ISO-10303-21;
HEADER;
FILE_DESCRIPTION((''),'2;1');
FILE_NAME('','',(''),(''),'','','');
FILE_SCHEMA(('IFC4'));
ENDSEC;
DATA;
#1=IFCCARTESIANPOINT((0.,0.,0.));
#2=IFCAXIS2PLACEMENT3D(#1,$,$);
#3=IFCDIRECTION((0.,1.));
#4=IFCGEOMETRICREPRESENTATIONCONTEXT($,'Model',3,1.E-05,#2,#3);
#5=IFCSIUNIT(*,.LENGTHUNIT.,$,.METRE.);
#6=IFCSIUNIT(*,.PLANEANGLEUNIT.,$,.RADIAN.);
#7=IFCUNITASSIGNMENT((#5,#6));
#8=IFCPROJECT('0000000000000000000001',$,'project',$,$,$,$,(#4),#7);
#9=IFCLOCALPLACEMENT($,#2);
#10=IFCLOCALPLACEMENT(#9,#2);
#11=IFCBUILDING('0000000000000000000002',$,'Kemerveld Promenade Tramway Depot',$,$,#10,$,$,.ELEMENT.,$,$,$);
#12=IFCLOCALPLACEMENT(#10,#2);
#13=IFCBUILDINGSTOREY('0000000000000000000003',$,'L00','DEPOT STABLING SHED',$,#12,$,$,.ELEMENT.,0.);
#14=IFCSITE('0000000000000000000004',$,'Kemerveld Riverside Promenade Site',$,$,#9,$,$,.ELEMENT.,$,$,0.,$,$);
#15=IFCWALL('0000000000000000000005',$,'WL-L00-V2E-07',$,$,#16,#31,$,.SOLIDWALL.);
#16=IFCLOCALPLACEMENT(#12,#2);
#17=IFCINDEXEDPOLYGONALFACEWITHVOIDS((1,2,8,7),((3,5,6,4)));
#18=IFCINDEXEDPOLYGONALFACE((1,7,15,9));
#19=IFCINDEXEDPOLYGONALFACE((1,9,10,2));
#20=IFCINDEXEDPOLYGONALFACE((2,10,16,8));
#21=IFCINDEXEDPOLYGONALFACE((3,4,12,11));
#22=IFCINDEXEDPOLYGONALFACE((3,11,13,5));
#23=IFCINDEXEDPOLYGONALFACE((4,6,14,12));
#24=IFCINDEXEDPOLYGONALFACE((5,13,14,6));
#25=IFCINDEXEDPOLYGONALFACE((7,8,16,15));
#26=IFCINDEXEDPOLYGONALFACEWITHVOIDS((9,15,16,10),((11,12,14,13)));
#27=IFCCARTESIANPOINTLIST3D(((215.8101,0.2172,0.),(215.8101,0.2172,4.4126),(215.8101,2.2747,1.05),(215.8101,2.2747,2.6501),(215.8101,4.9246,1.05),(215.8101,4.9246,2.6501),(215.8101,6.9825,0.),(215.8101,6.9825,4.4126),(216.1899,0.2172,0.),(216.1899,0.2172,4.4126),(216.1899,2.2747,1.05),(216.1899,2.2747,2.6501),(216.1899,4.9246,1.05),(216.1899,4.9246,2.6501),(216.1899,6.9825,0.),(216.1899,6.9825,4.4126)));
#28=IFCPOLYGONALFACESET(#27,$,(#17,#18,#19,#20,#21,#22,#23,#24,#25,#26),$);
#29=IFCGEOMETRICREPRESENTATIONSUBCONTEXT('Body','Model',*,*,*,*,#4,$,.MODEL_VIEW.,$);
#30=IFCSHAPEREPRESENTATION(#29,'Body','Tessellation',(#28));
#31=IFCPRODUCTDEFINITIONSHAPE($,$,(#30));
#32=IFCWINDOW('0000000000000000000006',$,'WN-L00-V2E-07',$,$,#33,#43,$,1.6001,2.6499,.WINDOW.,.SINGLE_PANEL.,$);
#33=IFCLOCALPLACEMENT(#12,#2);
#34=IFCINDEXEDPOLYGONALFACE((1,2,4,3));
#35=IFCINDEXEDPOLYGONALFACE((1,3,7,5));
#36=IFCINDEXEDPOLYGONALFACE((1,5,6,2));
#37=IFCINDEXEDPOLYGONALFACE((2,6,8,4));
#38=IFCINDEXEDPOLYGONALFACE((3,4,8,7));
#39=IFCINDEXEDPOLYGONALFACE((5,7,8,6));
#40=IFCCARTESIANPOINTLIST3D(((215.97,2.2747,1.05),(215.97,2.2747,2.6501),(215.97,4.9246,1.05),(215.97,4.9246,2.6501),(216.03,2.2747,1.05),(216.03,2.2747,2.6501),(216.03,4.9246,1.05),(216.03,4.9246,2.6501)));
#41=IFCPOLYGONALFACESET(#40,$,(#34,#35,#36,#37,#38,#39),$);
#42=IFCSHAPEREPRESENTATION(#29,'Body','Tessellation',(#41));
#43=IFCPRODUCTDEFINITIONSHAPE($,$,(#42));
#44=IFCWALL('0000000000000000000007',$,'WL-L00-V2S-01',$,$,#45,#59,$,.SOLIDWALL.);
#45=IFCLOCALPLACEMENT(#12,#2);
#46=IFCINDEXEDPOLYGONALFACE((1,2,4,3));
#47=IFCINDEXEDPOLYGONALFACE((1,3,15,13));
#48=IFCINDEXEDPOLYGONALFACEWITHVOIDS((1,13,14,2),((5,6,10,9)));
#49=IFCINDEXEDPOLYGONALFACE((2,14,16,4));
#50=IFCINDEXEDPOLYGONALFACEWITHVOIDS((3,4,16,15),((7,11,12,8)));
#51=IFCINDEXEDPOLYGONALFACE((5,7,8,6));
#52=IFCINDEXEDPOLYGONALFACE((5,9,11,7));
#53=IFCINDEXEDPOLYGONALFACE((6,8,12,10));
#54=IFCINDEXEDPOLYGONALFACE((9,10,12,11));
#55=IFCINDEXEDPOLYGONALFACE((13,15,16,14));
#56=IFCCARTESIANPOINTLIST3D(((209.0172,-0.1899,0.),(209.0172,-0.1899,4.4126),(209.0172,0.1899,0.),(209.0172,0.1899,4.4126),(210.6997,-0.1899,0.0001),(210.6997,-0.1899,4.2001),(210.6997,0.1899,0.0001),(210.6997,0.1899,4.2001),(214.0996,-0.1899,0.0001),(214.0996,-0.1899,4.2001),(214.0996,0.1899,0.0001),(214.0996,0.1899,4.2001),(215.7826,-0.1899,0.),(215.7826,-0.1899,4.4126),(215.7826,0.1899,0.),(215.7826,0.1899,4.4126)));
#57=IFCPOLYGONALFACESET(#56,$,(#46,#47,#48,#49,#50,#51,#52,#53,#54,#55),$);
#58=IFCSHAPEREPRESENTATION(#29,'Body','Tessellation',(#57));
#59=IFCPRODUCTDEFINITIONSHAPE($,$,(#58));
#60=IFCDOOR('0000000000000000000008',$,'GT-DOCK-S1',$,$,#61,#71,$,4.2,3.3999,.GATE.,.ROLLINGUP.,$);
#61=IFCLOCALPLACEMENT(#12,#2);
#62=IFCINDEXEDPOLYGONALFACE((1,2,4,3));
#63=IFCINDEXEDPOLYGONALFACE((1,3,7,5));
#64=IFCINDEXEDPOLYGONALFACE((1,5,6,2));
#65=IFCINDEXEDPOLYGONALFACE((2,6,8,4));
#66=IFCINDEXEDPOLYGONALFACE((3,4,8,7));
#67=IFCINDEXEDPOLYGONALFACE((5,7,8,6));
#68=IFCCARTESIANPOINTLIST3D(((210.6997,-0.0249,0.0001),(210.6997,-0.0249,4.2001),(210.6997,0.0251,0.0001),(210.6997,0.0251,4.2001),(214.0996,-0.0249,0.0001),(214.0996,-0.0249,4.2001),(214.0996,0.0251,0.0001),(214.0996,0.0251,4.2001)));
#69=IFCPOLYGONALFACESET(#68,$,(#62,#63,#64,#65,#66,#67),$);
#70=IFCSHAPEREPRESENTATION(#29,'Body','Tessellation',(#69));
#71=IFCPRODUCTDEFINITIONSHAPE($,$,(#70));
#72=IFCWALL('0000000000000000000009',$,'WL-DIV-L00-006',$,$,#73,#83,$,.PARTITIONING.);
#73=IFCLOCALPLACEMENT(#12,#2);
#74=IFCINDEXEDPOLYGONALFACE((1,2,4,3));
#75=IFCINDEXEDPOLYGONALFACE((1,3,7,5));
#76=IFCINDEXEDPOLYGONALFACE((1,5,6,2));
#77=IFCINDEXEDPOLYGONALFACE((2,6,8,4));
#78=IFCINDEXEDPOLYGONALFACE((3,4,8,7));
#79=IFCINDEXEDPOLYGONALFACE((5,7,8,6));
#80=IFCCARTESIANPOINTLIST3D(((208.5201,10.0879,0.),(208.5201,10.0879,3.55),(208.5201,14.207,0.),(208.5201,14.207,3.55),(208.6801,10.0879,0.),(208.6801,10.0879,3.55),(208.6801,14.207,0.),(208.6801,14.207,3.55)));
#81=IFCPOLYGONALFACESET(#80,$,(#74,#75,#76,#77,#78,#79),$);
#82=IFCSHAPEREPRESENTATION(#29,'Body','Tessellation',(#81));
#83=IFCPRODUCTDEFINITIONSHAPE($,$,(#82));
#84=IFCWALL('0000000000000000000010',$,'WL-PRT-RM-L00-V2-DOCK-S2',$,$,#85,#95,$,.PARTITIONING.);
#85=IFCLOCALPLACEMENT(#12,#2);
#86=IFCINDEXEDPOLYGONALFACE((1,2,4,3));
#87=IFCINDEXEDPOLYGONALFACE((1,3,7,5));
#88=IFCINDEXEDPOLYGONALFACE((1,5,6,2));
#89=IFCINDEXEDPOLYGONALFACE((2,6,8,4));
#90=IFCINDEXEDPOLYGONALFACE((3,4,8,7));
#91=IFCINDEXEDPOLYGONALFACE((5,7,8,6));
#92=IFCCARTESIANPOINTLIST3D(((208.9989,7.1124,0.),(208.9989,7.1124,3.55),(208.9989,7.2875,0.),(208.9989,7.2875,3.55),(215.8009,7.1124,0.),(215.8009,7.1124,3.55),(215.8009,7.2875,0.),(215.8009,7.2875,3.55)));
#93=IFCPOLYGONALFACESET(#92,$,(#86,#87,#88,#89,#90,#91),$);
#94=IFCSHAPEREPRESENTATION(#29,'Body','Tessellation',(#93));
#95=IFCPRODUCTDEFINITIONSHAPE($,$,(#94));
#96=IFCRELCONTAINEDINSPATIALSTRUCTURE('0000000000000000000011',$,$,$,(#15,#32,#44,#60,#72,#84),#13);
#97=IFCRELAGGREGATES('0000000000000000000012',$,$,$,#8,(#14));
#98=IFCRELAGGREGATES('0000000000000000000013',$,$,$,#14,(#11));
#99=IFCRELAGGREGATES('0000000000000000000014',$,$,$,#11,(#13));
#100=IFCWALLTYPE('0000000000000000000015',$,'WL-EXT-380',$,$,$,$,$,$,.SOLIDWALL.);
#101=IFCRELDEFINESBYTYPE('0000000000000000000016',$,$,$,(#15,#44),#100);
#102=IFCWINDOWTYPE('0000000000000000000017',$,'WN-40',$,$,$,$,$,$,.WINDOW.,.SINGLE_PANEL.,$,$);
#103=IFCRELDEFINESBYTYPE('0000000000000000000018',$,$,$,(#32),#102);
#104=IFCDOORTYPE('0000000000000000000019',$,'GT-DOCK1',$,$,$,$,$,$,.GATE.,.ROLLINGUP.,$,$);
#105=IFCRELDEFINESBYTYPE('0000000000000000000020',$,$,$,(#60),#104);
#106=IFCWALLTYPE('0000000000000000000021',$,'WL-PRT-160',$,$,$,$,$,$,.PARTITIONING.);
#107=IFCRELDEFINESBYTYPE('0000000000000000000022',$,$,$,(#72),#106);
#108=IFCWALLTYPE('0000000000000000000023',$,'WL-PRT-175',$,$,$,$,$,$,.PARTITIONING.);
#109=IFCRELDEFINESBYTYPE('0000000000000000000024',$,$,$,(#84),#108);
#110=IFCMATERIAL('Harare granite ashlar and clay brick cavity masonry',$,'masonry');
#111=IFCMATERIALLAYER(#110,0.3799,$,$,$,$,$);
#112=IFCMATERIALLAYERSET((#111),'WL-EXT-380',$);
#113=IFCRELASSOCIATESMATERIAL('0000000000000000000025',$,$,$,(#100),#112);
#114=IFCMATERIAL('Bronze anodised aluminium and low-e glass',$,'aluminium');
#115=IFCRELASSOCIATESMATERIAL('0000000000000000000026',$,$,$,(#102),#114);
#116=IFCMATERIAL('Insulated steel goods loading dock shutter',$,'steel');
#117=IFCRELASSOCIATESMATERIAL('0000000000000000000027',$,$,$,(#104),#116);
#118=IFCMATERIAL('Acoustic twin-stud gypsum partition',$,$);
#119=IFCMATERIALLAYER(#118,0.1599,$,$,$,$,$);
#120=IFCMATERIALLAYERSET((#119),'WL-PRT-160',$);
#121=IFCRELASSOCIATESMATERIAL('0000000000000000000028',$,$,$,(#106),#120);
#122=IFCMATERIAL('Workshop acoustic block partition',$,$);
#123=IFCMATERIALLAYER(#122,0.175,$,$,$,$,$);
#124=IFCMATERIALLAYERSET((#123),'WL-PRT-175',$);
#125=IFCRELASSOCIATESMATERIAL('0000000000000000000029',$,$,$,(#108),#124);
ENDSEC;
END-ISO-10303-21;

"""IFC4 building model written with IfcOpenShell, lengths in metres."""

from ifc_helpers import new_model, si_unit, direction, frame, frame_2d, origin, place, context, subcontext, project, spatial, rectangle, extrude, material, layer, layer_set, type_object, element, fill, save


model = new_model("IFC4")

# Units and contexts
model_context = context("Model", 3, precision=1e-05, world=origin(), true_north=direction((0.0, 1.0)))
body_context = subcontext(model_context, "Body", "Model", "MODEL_VIEW")
ifc_project = project(units=[si_unit("LENGTHUNIT", "METRE"), si_unit("PLANEANGLEUNIT", "RADIAN")], contexts=[model_context])

# Site, building, storey
site_placement = place(None, origin())
site = spatial("IfcSite", under=ifc_project, at=site_placement, Name="Kemerveld Riverside Promenade Site", CompositionType="ELEMENT", RefElevation=0.0)
building_placement = place(site_placement, origin())
building = spatial("IfcBuilding", under=site, at=building_placement, Name="Kemerveld Promenade Tramway Depot", CompositionType="ELEMENT")
storey_placement = place(building_placement, origin())
storey = spatial("IfcBuildingStorey", under=building, at=storey_placement, Name="L00", Description="DEPOT STABLING SHED", CompositionType="ELEMENT", Elevation=0.0)

# Wall, opening, window
ifc_material_1 = material(Name="Harare granite ashlar and clay brick cavity masonry", Category="masonry")
ifc_layer_1 = layer(ifc_material_1, 0.3799)
ifc_layer_set_1 = layer_set([ifc_layer_1], Name="WL-EXT-380")
wall_type_1 = type_object("IfcWallType", Name="WL-EXT-380", PredefinedType="SOLIDWALL", material=ifc_layer_set_1)
wall_1_placement = place(storey_placement, frame((216.0, 6.9827, 0.0), z_axis=(0.0, 0.0, 1.0), x_axis=(0.0, -1.0, 0.0)))
wall_1 = element("IfcWall", 1, at=wall_1_placement, inside=storey, type_object=wall_type_1, Name="WL-L00-V2E-07", PredefinedType="SOLIDWALL", context=body_context, shape_type="SweptSolid", body=[
    extrude(rectangle(XDim=6.7654, YDim=0.3799, at=frame_2d((3.3828, 0.0))), origin(), (0.0, 0.0, 1.0), 4.4126),
])
opening_1_placement = place(wall_1_placement, frame((2.0581, 0.0, 1.05)))
opening_1 = element("IfcOpeningElement", 2, at=opening_1_placement, cuts=wall_1, PredefinedType="OPENING", context=body_context, shape_type="SweptSolid", body=[
    extrude(rectangle(XDim=2.6499, YDim=1.6001, at=frame_2d((1.325, 0.8))), frame((0.0, 0.2, 0.0), z_axis=(0.0, -1.0, 0.0), x_axis=(1.0, 0.0, 0.0)), (0.0, 0.0, 1.0), 0.3999),
])
ifc_material_2 = material(Name="Bronze anodised aluminium and low-e glass", Category="aluminium")
window_type = type_object("IfcWindowType", Name="WN-40", PartitioningType="SINGLE_PANEL", PredefinedType="WINDOW", material=ifc_material_2)
window_placement = place(opening_1_placement, origin())
window = element("IfcWindow", 3, at=window_placement, inside=storey, type_object=window_type, Name="WN-L00-V2E-07", OverallHeight=1.6001, OverallWidth=2.6499, PartitioningType="SINGLE_PANEL", PredefinedType="WINDOW", context=body_context, shape_type="SweptSolid", body=[
    extrude(rectangle(XDim=2.6499, YDim=1.6001, at=frame_2d((1.325, 0.8))), frame((0.0, 0.03, 0.0), z_axis=(0.0, -1.0, 0.0), x_axis=(1.0, 0.0, 0.0)), (0.0, 0.0, 1.0), 0.0601),
])
fill(opening_1, window)

# Wall, opening, door
wall_2_placement = place(storey_placement, frame((215.7827, 0.0, 0.0), z_axis=(0.0, 0.0, 1.0), x_axis=(-1.0, 0.0, 0.0)))
wall_2 = element("IfcWall", 4, at=wall_2_placement, inside=storey, type_object=wall_type_1, Name="WL-L00-V2S-01", PredefinedType="SOLIDWALL", context=body_context, shape_type="SweptSolid", body=[
    extrude(rectangle(XDim=6.7654, YDim=0.3799, at=frame_2d((3.3828, 0.0))), origin(), (0.0, 0.0, 1.0), 4.4126),
])
opening_2_placement = place(wall_2_placement, frame((1.6831, 0.0, 0.0)))
opening_2 = element("IfcOpeningElement", 5, at=opening_2_placement, cuts=wall_2, PredefinedType="OPENING", context=body_context, shape_type="SweptSolid", body=[
    extrude(rectangle(XDim=3.3999, YDim=4.2, at=frame_2d((1.7, 2.1001))), frame((0.0, 0.2, 0.0), z_axis=(0.0, -1.0, 0.0), x_axis=(1.0, 0.0, 0.0)), (0.0, 0.0, 1.0), 0.3999),
])
ifc_material_3 = material(Name="Insulated steel goods loading dock shutter", Category="steel")
door_type = type_object("IfcDoorType", Name="GT-DOCK1", OperationType="ROLLINGUP", PredefinedType="GATE", material=ifc_material_3)
door_placement = place(opening_2_placement, origin())
door = element("IfcDoor", 6, at=door_placement, inside=storey, type_object=door_type, Name="GT-DOCK-S1", OperationType="ROLLINGUP", OverallHeight=4.2, OverallWidth=3.3999, PredefinedType="GATE", context=body_context, shape_type="SweptSolid", body=[
    extrude(rectangle(XDim=3.3999, YDim=4.2, at=frame_2d((1.7, 2.1001))), frame((0.0, 0.0249, 0.0), z_axis=(0.0, -1.0, 0.0), x_axis=(1.0, 0.0, 0.0)), (0.0, 0.0, 1.0), 0.05),
])
fill(opening_2, door)

# Walls
ifc_material_4 = material(Name="Acoustic twin-stud gypsum partition")
ifc_layer_2 = layer(ifc_material_4, 0.1599)
ifc_layer_set_2 = layer_set([ifc_layer_2], Name="WL-PRT-160")
wall_type_2 = type_object("IfcWallType", Name="WL-PRT-160", PredefinedType="PARTITIONING", material=ifc_layer_set_2)
wall_3_placement = place(storey_placement, frame((208.6001, 10.0879, 0.0), z_axis=(0.0, 0.0, 1.0), x_axis=(0.0, 1.0, 0.0)))
element("IfcWall", 7, at=wall_3_placement, inside=storey, type_object=wall_type_2, Name="WL-DIV-L00-006", PredefinedType="PARTITIONING", context=body_context, shape_type="SweptSolid", body=[
    extrude(rectangle(XDim=4.1191, YDim=0.1599, at=frame_2d((2.0596, 0.0))), origin(), (0.0, 0.0, 1.0), 3.55),
])
ifc_material_5 = material(Name="Workshop acoustic block partition")
ifc_layer_3 = layer(ifc_material_5, 0.175)
ifc_layer_set_3 = layer_set([ifc_layer_3], Name="WL-PRT-175")
wall_type_3 = type_object("IfcWallType", Name="WL-PRT-175", PredefinedType="PARTITIONING", material=ifc_layer_set_3)
wall_4_placement = place(storey_placement, frame((208.999, 7.2, 0.0), z_axis=(0.0, 0.0, 1.0), x_axis=(1.0, 0.0, 0.0)))
element("IfcWall", 8, at=wall_4_placement, inside=storey, type_object=wall_type_3, Name="WL-PRT-RM-L00-V2-DOCK-S2", PredefinedType="PARTITIONING", context=body_context, shape_type="SweptSolid", body=[
    extrude(rectangle(XDim=6.802, YDim=0.175, at=frame_2d((3.4009, 0.0))), origin(), (0.0, 0.0, 1.0), 3.55),
])

save(model, "model.ifc")
